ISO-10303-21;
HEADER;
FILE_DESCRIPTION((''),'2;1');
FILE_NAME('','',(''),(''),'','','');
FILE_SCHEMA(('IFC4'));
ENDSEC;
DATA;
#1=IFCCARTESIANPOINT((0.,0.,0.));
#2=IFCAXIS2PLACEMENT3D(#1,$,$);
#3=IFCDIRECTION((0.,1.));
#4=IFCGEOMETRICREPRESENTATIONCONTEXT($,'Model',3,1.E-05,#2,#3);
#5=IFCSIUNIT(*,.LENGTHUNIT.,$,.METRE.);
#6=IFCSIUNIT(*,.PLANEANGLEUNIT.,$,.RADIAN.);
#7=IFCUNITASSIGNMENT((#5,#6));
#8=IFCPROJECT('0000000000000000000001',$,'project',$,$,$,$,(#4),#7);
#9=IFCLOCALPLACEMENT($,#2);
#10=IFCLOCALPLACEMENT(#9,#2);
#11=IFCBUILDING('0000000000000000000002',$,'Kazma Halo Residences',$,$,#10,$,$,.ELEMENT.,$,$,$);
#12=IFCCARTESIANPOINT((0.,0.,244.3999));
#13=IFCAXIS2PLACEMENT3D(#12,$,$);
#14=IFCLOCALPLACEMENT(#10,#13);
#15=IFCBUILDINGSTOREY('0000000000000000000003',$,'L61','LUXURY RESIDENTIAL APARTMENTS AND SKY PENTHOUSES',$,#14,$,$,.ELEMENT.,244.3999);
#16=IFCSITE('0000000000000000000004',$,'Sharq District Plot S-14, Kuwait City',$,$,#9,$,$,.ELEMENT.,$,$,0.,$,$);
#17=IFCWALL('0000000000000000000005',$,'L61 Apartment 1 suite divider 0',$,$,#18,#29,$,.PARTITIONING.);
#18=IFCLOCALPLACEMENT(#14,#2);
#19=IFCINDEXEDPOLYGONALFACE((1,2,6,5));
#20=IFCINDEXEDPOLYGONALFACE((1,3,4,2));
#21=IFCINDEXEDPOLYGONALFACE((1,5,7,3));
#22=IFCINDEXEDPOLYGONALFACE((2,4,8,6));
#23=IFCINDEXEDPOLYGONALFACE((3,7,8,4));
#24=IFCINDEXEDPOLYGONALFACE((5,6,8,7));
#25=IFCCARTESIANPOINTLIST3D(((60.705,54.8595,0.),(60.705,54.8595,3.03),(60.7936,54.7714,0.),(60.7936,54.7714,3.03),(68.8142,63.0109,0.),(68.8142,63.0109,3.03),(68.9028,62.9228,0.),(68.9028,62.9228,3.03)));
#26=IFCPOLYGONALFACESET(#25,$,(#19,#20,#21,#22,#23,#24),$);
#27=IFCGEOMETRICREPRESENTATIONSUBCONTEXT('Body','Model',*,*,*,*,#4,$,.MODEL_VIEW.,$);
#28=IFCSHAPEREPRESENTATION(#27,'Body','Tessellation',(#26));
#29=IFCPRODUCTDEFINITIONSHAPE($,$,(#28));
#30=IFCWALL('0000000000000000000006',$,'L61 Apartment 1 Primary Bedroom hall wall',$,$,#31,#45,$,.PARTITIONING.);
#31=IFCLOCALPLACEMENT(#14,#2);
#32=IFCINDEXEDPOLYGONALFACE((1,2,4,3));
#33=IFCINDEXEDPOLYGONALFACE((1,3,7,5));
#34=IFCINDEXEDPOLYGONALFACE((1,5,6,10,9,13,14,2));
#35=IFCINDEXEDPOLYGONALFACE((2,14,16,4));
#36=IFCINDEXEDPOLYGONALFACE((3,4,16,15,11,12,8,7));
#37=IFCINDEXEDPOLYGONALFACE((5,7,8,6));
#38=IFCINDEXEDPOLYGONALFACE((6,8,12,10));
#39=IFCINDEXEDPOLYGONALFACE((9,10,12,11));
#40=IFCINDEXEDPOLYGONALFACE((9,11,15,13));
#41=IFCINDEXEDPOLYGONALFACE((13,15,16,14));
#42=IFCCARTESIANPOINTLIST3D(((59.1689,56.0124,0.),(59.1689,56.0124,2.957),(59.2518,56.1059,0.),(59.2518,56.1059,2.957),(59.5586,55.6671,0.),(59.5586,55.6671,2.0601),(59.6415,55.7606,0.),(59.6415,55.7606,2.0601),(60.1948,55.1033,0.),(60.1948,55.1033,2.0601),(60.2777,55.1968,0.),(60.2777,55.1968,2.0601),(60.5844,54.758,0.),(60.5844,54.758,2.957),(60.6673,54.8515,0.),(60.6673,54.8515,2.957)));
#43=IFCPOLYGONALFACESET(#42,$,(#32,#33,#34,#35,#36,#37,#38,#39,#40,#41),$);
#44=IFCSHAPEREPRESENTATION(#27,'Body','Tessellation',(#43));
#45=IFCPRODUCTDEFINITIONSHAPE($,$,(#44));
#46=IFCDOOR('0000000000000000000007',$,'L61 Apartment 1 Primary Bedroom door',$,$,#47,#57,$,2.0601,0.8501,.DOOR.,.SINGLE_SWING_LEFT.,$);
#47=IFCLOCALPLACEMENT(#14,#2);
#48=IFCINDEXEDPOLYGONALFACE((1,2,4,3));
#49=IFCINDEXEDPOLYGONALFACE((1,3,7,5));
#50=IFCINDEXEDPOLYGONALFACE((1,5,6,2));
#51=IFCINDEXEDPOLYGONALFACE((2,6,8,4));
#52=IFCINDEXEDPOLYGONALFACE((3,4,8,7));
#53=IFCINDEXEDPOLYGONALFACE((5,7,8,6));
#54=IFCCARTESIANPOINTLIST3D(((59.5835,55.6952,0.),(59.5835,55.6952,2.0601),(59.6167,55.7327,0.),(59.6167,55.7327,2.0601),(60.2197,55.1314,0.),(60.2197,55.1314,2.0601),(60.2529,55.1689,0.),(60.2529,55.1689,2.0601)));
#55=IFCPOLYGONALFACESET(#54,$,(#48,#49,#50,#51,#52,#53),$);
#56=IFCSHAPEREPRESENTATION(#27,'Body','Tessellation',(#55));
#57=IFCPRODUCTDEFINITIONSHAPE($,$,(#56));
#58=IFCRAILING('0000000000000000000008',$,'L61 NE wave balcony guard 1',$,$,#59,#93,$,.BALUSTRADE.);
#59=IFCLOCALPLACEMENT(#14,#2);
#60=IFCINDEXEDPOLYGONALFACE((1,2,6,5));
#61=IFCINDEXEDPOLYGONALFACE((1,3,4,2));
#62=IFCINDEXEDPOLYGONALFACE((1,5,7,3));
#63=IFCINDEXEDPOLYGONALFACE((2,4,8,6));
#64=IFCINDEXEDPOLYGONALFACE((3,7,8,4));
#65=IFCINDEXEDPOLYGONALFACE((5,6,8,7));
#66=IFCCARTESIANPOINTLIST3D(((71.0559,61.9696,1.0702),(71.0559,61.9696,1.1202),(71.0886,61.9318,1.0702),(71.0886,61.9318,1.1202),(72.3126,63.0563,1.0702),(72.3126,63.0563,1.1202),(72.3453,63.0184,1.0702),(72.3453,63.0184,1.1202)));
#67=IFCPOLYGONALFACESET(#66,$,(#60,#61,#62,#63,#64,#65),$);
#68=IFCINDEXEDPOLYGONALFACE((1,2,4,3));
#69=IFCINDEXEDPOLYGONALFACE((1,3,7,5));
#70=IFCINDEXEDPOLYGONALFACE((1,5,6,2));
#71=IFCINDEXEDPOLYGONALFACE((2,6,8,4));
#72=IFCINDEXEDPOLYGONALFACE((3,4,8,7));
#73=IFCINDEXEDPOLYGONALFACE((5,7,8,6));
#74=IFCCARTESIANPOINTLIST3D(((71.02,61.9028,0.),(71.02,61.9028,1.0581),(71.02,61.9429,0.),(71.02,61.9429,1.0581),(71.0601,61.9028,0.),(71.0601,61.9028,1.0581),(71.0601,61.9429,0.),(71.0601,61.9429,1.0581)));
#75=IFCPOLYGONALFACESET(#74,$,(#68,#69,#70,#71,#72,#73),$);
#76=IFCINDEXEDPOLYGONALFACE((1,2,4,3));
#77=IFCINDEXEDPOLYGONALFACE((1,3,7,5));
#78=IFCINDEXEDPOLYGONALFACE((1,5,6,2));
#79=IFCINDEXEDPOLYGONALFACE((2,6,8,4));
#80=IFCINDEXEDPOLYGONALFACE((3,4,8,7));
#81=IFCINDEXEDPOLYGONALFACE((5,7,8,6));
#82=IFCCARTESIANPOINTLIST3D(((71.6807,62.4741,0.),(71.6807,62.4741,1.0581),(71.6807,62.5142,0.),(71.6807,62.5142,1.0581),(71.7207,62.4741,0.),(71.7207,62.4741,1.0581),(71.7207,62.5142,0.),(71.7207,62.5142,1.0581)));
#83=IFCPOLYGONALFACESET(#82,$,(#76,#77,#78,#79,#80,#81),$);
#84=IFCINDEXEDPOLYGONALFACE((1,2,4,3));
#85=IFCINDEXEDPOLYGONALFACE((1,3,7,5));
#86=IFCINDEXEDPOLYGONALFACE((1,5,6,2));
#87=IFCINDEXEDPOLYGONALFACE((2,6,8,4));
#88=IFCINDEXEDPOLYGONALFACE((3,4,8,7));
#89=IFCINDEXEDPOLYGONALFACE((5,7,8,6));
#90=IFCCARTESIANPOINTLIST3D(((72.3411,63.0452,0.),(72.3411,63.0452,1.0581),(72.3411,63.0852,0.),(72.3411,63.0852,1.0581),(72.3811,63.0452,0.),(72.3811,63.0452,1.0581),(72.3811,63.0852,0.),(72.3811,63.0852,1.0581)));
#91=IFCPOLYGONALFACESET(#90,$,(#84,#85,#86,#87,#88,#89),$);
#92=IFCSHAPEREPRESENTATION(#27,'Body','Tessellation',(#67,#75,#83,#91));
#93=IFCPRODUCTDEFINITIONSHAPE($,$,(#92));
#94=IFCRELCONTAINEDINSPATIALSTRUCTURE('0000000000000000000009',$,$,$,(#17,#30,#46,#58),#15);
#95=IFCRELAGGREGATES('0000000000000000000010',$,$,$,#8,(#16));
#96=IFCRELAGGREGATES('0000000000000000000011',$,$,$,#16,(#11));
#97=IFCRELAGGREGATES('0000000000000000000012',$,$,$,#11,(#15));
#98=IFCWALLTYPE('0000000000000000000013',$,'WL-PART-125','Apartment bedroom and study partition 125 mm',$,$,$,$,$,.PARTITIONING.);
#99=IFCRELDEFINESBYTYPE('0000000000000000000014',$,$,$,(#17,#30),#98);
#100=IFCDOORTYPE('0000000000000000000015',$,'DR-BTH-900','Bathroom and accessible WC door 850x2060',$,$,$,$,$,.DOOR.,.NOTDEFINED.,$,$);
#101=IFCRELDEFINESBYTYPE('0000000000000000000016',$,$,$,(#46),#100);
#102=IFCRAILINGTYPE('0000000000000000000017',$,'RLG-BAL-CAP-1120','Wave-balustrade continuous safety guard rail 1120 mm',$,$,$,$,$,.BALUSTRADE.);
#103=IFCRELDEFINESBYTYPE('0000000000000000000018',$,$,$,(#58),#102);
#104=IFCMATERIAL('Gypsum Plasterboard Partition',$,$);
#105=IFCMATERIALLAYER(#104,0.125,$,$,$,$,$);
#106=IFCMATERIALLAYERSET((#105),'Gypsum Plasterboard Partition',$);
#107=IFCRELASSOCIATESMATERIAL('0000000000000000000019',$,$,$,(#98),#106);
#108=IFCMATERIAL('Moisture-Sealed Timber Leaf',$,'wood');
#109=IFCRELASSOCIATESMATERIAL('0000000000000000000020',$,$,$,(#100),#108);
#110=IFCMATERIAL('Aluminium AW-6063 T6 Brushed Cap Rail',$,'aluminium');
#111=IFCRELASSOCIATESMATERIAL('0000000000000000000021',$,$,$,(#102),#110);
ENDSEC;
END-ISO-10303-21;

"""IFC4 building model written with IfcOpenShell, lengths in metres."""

from ifc_helpers import new_model, si_unit, direction, frame, frame_2d, origin, origin_2d, place, context, subcontext, project, spatial, rectangle, extrude, material, layer, layer_set, type_object, element, fill, save


model = new_model("IFC4")

# Units and contexts
model_context = context("Model", 3, precision=1e-05, world=origin(), true_north=direction((0.0, 1.0)))
body_context = subcontext(model_context, "Body", "Model", "MODEL_VIEW")
ifc_project = project(units=[si_unit("LENGTHUNIT", "METRE"), si_unit("PLANEANGLEUNIT", "RADIAN")], contexts=[model_context])

# Site, building, storey
site_placement = place(None, origin())
site = spatial("IfcSite", under=ifc_project, at=site_placement, Name="Sharq District Plot S-14, Kuwait City", CompositionType="ELEMENT", RefElevation=0.0)
building_placement = place(site_placement, origin())
building = spatial("IfcBuilding", under=site, at=building_placement, Name="Kazma Halo Residences", CompositionType="ELEMENT")
storey_placement = place(building_placement, frame((0.0, 0.0, 244.3999)))
storey = spatial("IfcBuildingStorey", under=building, at=storey_placement, Name="L61", Description="LUXURY RESIDENTIAL APARTMENTS AND SKY PENTHOUSES", CompositionType="ELEMENT", Elevation=244.3999)

# Shared definitions
ifc_material_1 = material(Name="Gypsum Plasterboard Partition")
ifc_layer_1 = layer(ifc_material_1, 0.125)
ifc_layer_set_1 = layer_set([ifc_layer_1], Name="Gypsum Plasterboard Partition")
wall_type_1 = type_object("IfcWallType", Name="WL-PART-125", Description="Apartment bedroom and study partition 125 mm", PredefinedType="PARTITIONING", material=ifc_layer_set_1)
ifc_material_2 = material(Name="Moisture-Sealed Timber Leaf", Category="wood")
door_type_1 = type_object("IfcDoorType", Name="DR-BTH-900", Description="Bathroom and accessible WC door 850x2060", OperationType="NOTDEFINED", PredefinedType="DOOR", material=ifc_material_2)

# Wall
wall_1_placement = place(storey_placement, frame((60.7493, 54.8154, 0.0), z_axis=(0.0, 0.0, 1.0), x_axis=(0.705268, 0.708941, 0.0)))
element("IfcWall", 1, at=wall_1_placement, inside=storey, type_object=wall_type_1, Name="L61 Apartment 1 suite divider 0", PredefinedType="PARTITIONING", context=body_context, shape_type="SweptSolid", body=[
    extrude(rectangle(XDim=11.498, YDim=0.125, at=frame_2d((5.749, 0.0))), origin(), (0.0, 0.0, 1.0), 3.03),
])

# Wall, opening, door
wall_2_placement = place(storey_placement, frame((60.626, 54.8047, 0.0), z_axis=(0.0, 0.0, 1.0), x_axis=(-0.74842, 0.663225, 0.0)))
wall_2 = element("IfcWall", 2, at=wall_2_placement, inside=storey, type_object=wall_type_1, Name="L61 Apartment 1 Primary Bedroom hall wall", PredefinedType="PARTITIONING", context=body_context, shape_type="SweptSolid", body=[
    extrude(rectangle(XDim=1.8914, YDim=0.125, at=frame_2d((0.9458, 0.0))), origin(), (0.0, 0.0, 1.0), 2.957),
])
opening_1_placement = place(wall_2_placement, frame((0.5208, 0.0, 0.0)))
opening_1 = element("IfcOpeningElement", 3, at=opening_1_placement, cuts=wall_2, PredefinedType="OPENING", context=body_context, shape_type="SweptSolid", body=[
    extrude(rectangle(XDim=0.8501, YDim=2.0601, at=frame_2d((0.425, 1.03))), frame((0.0, 0.0725, 0.0), z_axis=(0.0, -1.0, 0.0), x_axis=(1.0, 0.0, 0.0)), (0.0, 0.0, 1.0), 0.145),
])
door_1_placement = place(opening_1_placement, origin())
door_1 = element("IfcDoor", 4, at=door_1_placement, inside=storey, type_object=door_type_1, Name="L61 Apartment 1 Primary Bedroom door", OperationType="SINGLE_SWING_LEFT", OverallHeight=2.0601, OverallWidth=0.8501, PredefinedType="DOOR", context=body_context, shape_type="SweptSolid", body=[
    extrude(rectangle(XDim=0.8501, YDim=2.0601, at=frame_2d((0.425, 1.03))), frame((0.0, 0.0249, 0.0), z_axis=(0.0, -1.0, 0.0), x_axis=(1.0, 0.0, 0.0)), (0.0, 0.0, 1.0), 0.05),
])
fill(opening_1, door_1)

# Railing
ifc_material_3 = material(Name="Aluminium AW-6063 T6 Brushed Cap Rail", Category="aluminium")
railing_type = type_object("IfcRailingType", Name="RLG-BAL-CAP-1120", Description="Wave-balustrade continuous safety guard rail 1120 mm", PredefinedType="BALUSTRADE", material=ifc_material_3)
railing_1_placement = place(storey_placement, frame((71.04, 61.9229, 0.0)))
element("IfcRailing", 5, at=railing_1_placement, inside=storey, type_object=railing_type, Name="L61 NE wave balcony guard 1", PredefinedType="BALUSTRADE", context=body_context, shape_type="SweptSolid", body=[
    extrude(rectangle(XDim=0.05, YDim=0.05, at=origin_2d()), frame((0.0322, 0.0278, 1.0952), z_axis=(0.756417, 0.654089, 0.0), x_axis=(-0.654089, 0.756417, 0.0)), (0.0, 0.0, 1.0), 1.6614),
    extrude(rectangle(XDim=0.04, YDim=0.04, at=origin_2d()), origin(), (0.0, 0.0, 1.0), 1.0581),
    extrude(rectangle(XDim=0.04, YDim=0.04, at=origin_2d()), frame((0.6606, 0.5713, 0.0)), (0.0, 0.0, 1.0), 1.0581),
    extrude(rectangle(XDim=0.04, YDim=0.04, at=origin_2d()), frame((1.321, 1.1423, 0.0)), (0.0, 0.0, 1.0), 1.0581),
])

save(model, "model.ifc")
